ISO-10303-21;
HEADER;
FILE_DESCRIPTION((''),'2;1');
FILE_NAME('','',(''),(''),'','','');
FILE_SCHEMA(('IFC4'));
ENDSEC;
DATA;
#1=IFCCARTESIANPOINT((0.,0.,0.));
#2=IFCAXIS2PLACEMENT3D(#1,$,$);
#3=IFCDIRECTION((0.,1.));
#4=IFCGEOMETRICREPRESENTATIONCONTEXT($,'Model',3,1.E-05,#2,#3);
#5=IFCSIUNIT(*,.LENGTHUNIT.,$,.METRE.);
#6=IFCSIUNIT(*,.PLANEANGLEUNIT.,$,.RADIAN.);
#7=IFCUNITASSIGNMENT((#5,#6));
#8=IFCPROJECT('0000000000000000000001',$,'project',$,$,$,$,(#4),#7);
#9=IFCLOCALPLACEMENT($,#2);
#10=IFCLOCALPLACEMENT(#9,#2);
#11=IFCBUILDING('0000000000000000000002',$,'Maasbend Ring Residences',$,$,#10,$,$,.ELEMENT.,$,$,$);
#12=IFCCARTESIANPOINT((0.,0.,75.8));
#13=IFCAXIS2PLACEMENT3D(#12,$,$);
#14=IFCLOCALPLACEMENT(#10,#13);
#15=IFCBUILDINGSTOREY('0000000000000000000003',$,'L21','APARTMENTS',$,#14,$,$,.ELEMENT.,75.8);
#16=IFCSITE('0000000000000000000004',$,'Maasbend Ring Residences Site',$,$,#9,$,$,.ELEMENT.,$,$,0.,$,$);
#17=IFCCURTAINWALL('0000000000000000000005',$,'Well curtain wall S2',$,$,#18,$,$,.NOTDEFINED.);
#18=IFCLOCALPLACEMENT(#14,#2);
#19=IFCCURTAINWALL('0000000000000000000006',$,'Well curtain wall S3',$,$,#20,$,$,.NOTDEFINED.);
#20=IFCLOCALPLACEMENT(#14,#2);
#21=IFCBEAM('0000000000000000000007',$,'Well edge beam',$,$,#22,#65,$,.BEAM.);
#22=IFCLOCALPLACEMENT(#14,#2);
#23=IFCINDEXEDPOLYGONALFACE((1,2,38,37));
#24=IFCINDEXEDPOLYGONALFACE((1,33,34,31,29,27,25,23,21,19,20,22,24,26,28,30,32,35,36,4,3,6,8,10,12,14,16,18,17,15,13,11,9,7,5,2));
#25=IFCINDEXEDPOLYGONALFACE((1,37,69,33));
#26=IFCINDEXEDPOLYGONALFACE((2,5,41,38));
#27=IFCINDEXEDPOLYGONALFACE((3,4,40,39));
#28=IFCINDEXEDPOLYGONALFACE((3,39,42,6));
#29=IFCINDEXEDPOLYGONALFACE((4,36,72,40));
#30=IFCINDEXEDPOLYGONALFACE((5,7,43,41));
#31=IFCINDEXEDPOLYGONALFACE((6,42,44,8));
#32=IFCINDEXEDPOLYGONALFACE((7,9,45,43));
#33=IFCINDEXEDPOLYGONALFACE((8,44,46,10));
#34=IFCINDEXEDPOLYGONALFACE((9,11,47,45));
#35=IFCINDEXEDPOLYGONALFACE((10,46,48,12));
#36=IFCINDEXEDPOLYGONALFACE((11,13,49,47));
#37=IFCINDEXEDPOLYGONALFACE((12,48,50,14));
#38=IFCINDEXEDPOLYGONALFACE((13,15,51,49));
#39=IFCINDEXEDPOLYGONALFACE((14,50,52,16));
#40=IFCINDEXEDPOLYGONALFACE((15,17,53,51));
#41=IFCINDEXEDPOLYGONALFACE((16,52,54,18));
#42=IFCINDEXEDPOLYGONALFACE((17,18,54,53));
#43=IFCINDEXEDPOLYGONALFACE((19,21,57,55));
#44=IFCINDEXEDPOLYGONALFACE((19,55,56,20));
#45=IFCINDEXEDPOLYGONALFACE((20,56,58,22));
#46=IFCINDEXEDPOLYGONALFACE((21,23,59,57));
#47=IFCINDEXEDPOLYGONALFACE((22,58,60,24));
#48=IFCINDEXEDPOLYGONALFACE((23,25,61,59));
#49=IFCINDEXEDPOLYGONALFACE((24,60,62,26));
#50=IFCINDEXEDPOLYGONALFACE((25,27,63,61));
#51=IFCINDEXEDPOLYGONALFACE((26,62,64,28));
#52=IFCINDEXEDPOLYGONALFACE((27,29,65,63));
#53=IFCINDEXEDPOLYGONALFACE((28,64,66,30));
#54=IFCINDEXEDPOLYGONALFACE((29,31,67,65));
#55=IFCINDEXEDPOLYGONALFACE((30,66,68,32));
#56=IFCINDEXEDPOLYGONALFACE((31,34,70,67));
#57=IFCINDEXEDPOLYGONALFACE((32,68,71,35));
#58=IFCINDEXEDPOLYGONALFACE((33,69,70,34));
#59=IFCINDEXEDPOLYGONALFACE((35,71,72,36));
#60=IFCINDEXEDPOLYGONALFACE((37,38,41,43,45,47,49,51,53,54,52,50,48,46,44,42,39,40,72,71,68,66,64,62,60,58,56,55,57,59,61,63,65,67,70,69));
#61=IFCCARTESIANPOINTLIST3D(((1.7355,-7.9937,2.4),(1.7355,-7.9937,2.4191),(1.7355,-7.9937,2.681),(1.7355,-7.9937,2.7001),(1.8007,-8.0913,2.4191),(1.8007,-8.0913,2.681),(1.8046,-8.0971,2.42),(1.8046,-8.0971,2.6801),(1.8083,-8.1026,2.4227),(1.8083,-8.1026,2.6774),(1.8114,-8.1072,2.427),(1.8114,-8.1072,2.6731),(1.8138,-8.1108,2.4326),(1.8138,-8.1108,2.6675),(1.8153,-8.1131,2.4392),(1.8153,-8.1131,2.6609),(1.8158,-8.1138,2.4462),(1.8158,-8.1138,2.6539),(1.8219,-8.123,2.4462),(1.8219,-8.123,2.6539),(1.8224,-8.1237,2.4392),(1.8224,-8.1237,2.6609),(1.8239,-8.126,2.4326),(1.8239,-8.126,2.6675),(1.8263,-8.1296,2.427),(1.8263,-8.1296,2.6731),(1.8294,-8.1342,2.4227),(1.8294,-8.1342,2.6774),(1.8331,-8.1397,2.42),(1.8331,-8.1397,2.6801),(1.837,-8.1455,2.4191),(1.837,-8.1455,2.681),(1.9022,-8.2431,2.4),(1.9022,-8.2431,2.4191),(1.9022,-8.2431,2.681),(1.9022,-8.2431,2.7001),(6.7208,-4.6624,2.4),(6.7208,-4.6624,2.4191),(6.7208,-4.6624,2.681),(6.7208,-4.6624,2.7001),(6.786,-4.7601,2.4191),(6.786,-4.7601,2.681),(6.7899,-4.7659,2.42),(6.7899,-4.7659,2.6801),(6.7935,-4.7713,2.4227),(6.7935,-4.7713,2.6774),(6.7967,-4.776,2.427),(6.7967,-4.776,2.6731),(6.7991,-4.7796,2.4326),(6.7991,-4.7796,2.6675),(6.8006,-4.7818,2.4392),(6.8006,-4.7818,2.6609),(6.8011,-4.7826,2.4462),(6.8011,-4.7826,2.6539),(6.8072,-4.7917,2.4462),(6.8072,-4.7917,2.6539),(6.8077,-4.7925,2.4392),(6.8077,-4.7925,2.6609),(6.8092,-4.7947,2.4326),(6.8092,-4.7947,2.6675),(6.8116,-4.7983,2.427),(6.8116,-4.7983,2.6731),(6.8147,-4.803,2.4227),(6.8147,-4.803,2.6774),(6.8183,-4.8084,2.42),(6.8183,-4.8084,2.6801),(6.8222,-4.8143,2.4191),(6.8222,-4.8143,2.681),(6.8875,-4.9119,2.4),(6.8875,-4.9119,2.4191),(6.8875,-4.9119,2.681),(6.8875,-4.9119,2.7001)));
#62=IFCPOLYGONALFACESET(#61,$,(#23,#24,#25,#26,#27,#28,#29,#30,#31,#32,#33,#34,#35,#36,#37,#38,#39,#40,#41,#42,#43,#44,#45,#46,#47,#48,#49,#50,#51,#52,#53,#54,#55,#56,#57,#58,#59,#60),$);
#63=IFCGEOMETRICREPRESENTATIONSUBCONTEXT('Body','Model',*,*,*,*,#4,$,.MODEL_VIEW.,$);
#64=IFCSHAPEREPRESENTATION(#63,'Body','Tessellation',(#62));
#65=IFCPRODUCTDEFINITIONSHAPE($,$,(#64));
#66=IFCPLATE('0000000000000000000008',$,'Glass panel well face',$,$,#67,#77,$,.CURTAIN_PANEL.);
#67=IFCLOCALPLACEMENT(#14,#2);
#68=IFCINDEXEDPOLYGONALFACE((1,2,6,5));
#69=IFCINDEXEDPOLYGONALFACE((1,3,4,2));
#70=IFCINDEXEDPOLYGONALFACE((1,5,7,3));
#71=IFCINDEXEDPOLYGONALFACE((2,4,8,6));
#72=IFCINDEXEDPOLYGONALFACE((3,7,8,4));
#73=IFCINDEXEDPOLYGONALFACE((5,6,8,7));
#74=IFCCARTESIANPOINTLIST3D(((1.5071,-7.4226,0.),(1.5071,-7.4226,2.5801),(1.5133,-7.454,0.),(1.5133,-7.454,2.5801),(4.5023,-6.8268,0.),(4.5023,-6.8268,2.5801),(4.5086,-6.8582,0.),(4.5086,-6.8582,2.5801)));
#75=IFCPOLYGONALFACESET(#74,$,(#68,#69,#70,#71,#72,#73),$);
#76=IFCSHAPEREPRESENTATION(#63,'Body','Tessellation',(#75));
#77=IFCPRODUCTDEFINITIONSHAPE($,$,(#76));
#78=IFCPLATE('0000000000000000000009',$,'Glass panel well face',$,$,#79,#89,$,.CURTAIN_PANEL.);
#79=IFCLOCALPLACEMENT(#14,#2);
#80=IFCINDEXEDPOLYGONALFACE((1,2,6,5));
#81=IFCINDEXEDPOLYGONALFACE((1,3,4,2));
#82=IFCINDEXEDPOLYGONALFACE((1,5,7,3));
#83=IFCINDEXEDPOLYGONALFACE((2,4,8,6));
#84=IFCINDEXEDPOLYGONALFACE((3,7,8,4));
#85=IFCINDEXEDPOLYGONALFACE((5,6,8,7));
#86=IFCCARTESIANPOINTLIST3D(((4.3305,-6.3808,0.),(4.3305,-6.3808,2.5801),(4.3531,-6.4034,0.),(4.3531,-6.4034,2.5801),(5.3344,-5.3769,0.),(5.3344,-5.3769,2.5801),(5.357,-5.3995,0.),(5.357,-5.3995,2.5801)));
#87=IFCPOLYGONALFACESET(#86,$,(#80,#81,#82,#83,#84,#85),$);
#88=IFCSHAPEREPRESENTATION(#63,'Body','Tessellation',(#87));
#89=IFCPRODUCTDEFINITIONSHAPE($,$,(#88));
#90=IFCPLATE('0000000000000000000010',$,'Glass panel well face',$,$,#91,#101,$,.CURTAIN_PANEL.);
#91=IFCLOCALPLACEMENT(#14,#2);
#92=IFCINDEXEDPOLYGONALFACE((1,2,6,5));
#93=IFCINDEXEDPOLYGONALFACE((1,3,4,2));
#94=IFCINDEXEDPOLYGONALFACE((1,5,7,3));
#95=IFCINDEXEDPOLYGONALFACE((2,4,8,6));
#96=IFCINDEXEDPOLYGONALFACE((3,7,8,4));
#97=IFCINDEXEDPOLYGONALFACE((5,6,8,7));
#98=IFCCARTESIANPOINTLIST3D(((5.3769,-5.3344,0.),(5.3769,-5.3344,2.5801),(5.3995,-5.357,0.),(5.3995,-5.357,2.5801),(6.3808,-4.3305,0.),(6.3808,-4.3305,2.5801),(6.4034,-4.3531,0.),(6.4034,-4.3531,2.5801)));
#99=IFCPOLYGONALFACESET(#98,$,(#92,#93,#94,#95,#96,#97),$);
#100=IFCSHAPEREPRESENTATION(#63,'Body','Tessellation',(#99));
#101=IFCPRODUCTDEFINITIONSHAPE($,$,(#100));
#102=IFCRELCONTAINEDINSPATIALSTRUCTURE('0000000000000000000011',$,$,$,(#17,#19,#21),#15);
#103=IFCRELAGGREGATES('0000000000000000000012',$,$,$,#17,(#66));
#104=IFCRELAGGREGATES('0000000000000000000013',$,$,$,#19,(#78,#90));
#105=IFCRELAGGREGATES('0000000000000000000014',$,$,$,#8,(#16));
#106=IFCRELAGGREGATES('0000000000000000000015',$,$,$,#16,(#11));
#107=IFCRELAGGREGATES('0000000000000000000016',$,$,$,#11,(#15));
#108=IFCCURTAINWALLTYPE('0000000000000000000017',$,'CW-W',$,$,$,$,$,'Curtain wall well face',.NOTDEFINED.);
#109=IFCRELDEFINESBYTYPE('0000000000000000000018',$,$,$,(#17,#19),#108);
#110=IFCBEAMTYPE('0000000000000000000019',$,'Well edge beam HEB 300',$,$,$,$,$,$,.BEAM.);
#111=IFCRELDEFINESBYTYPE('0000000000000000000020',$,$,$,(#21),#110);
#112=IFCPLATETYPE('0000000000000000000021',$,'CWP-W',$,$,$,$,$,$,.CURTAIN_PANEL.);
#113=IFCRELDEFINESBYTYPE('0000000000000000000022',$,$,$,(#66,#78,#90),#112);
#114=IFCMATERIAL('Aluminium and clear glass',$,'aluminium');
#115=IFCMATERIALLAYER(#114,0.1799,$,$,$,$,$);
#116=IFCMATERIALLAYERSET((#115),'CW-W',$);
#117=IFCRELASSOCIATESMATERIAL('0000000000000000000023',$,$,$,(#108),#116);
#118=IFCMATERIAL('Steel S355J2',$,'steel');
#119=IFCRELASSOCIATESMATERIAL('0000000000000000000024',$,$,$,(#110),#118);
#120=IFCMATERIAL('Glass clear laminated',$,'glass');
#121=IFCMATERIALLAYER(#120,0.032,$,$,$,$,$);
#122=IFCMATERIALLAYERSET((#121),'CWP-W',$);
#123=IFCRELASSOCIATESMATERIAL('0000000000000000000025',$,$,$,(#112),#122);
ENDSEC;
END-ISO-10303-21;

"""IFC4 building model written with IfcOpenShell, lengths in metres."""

from ifc_helpers import new_model, si_unit, direction, frame, origin, origin_2d, place, context, subcontext, project, spatial, rectangle, i_section, extrude, material, layer, layer_set, material_profile, profile_set, type_object, element, aggregate, save


model = new_model("IFC4")

# Units and contexts
model_context = context("Model", 3, precision=1e-05, world=origin(), true_north=direction((0.0, 1.0)))
body_context = subcontext(model_context, "Body", "Model", "MODEL_VIEW")
ifc_project = project(units=[si_unit("LENGTHUNIT", "METRE"), si_unit("PLANEANGLEUNIT", "RADIAN")], contexts=[model_context])

# Site, building, storey
site_placement = place(None, origin())
site = spatial("IfcSite", under=ifc_project, at=site_placement, Name="Maasbend Ring Residences Site", CompositionType="ELEMENT", RefElevation=0.0)
building_placement = place(site_placement, origin())
building = spatial("IfcBuilding", under=site, at=building_placement, Name="Maasbend Ring Residences", CompositionType="ELEMENT")
storey_placement = place(building_placement, frame((0.0, 0.0, 75.8)))
storey = spatial("IfcBuildingStorey", under=building, at=storey_placement, Name="L21", Description="APARTMENTS", CompositionType="ELEMENT", Elevation=75.8)

# Curtain walls
ifc_material_1 = material(Name="Aluminium and clear glass", Category="aluminium")
ifc_layer_1 = layer(ifc_material_1, 0.1799)
ifc_layer_set_1 = layer_set([ifc_layer_1], Name="CW-W")
curtain_wall_type = type_object("IfcCurtainWallType", Name="CW-W", ElementType="Curtain wall well face", PredefinedType="NOTDEFINED", material=ifc_layer_set_1)
curtain_wall_1_placement = place(storey_placement, origin())
curtain_wall_1 = element("IfcCurtainWall", 1, at=curtain_wall_1_placement, inside=storey, type_object=curtain_wall_type, Name="Well curtain wall S2", PredefinedType="NOTDEFINED")
curtain_wall_2_placement = place(storey_placement, origin())
curtain_wall_2 = element("IfcCurtainWall", 2, at=curtain_wall_2_placement, inside=storey, type_object=curtain_wall_type, Name="Well curtain wall S3", PredefinedType="NOTDEFINED")

# Beam
ifc_material_2 = material(Name="Steel S355J2", Category="steel")
ifc_material_profile_1 = material_profile(ifc_material_2, i_section(OverallWidth=0.3, OverallDepth=0.3, WebThickness=0.011, FlangeThickness=0.019, FilletRadius=0.0271, at=origin_2d()), Name="HEB 300")
ifc_profile_set_1 = profile_set([ifc_material_profile_1], Name="Steel S355J2")
beam_type = type_object("IfcBeamType", Name="Well edge beam HEB 300", PredefinedType="BEAM", material=ifc_profile_set_1)
beam_placement = place(storey_placement, frame((1.8188, -8.1184, 2.55), z_axis=(0.831455, 0.555593, 0.0), x_axis=(-0.555593, 0.831455, 0.0)))
element("IfcBeam", 3, at=beam_placement, inside=storey, type_object=beam_type, Name="Well edge beam", PredefinedType="BEAM", context=body_context, shape_type="SweptSolid", body=[
    extrude(i_section(OverallWidth=0.3, OverallDepth=0.3, WebThickness=0.011, FlangeThickness=0.019, FilletRadius=0.0271, at=origin_2d()), origin(), (0.0, 0.0, 1.0), 5.9958),
])

# Plates
ifc_material_3 = material(Name="Glass clear laminated", Category="glass")
ifc_layer_2 = layer(ifc_material_3, 0.032)
ifc_layer_set_2 = layer_set([ifc_layer_2], Name="CWP-W")
plate_type = type_object("IfcPlateType", Name="CWP-W", PredefinedType="CURTAIN_PANEL", material=ifc_layer_set_2)
plate_1_placement = place(storey_placement, frame((3.0078, -7.1404, 0.0), z_axis=(0.0, 0.0, 1.0), x_axis=(0.980785, 0.19509, 0.0)))
plate_1 = element("IfcPlate", 4, at=plate_1_placement, type_object=plate_type, Name="Glass panel well face", PredefinedType="CURTAIN_PANEL", context=body_context, shape_type="SweptSolid", body=[
    extrude(rectangle(XDim=3.054, YDim=0.032, at=origin_2d()), origin(), (0.0, 0.0, 1.0), 2.5801),
])
aggregate(curtain_wall_1, [plate_1])
plate_2_placement = place(storey_placement, frame((4.8438, -5.8901, 0.0), z_axis=(0.0, 0.0, 1.0), x_axis=(0.707107, 0.707107, 0.0)))
plate_2 = element("IfcPlate", 5, at=plate_2_placement, type_object=plate_type, Name="Glass panel well face", PredefinedType="CURTAIN_PANEL", context=body_context, shape_type="SweptSolid", body=[
    extrude(rectangle(XDim=1.4197, YDim=0.032, at=origin_2d()), origin(), (0.0, 0.0, 1.0), 2.5801),
])
plate_3_placement = place(storey_placement, frame((5.8901, -4.8438, 0.0), z_axis=(0.0, 0.0, 1.0), x_axis=(0.707107, 0.707107, 0.0)))
plate_3 = element("IfcPlate", 6, at=plate_3_placement, type_object=plate_type, Name="Glass panel well face", PredefinedType="CURTAIN_PANEL", context=body_context, shape_type="SweptSolid", body=[
    extrude(rectangle(XDim=1.4197, YDim=0.032, at=origin_2d()), origin(), (0.0, 0.0, 1.0), 2.5801),
])
aggregate(curtain_wall_2, [plate_2, plate_3])

save(model, "model.ifc")
